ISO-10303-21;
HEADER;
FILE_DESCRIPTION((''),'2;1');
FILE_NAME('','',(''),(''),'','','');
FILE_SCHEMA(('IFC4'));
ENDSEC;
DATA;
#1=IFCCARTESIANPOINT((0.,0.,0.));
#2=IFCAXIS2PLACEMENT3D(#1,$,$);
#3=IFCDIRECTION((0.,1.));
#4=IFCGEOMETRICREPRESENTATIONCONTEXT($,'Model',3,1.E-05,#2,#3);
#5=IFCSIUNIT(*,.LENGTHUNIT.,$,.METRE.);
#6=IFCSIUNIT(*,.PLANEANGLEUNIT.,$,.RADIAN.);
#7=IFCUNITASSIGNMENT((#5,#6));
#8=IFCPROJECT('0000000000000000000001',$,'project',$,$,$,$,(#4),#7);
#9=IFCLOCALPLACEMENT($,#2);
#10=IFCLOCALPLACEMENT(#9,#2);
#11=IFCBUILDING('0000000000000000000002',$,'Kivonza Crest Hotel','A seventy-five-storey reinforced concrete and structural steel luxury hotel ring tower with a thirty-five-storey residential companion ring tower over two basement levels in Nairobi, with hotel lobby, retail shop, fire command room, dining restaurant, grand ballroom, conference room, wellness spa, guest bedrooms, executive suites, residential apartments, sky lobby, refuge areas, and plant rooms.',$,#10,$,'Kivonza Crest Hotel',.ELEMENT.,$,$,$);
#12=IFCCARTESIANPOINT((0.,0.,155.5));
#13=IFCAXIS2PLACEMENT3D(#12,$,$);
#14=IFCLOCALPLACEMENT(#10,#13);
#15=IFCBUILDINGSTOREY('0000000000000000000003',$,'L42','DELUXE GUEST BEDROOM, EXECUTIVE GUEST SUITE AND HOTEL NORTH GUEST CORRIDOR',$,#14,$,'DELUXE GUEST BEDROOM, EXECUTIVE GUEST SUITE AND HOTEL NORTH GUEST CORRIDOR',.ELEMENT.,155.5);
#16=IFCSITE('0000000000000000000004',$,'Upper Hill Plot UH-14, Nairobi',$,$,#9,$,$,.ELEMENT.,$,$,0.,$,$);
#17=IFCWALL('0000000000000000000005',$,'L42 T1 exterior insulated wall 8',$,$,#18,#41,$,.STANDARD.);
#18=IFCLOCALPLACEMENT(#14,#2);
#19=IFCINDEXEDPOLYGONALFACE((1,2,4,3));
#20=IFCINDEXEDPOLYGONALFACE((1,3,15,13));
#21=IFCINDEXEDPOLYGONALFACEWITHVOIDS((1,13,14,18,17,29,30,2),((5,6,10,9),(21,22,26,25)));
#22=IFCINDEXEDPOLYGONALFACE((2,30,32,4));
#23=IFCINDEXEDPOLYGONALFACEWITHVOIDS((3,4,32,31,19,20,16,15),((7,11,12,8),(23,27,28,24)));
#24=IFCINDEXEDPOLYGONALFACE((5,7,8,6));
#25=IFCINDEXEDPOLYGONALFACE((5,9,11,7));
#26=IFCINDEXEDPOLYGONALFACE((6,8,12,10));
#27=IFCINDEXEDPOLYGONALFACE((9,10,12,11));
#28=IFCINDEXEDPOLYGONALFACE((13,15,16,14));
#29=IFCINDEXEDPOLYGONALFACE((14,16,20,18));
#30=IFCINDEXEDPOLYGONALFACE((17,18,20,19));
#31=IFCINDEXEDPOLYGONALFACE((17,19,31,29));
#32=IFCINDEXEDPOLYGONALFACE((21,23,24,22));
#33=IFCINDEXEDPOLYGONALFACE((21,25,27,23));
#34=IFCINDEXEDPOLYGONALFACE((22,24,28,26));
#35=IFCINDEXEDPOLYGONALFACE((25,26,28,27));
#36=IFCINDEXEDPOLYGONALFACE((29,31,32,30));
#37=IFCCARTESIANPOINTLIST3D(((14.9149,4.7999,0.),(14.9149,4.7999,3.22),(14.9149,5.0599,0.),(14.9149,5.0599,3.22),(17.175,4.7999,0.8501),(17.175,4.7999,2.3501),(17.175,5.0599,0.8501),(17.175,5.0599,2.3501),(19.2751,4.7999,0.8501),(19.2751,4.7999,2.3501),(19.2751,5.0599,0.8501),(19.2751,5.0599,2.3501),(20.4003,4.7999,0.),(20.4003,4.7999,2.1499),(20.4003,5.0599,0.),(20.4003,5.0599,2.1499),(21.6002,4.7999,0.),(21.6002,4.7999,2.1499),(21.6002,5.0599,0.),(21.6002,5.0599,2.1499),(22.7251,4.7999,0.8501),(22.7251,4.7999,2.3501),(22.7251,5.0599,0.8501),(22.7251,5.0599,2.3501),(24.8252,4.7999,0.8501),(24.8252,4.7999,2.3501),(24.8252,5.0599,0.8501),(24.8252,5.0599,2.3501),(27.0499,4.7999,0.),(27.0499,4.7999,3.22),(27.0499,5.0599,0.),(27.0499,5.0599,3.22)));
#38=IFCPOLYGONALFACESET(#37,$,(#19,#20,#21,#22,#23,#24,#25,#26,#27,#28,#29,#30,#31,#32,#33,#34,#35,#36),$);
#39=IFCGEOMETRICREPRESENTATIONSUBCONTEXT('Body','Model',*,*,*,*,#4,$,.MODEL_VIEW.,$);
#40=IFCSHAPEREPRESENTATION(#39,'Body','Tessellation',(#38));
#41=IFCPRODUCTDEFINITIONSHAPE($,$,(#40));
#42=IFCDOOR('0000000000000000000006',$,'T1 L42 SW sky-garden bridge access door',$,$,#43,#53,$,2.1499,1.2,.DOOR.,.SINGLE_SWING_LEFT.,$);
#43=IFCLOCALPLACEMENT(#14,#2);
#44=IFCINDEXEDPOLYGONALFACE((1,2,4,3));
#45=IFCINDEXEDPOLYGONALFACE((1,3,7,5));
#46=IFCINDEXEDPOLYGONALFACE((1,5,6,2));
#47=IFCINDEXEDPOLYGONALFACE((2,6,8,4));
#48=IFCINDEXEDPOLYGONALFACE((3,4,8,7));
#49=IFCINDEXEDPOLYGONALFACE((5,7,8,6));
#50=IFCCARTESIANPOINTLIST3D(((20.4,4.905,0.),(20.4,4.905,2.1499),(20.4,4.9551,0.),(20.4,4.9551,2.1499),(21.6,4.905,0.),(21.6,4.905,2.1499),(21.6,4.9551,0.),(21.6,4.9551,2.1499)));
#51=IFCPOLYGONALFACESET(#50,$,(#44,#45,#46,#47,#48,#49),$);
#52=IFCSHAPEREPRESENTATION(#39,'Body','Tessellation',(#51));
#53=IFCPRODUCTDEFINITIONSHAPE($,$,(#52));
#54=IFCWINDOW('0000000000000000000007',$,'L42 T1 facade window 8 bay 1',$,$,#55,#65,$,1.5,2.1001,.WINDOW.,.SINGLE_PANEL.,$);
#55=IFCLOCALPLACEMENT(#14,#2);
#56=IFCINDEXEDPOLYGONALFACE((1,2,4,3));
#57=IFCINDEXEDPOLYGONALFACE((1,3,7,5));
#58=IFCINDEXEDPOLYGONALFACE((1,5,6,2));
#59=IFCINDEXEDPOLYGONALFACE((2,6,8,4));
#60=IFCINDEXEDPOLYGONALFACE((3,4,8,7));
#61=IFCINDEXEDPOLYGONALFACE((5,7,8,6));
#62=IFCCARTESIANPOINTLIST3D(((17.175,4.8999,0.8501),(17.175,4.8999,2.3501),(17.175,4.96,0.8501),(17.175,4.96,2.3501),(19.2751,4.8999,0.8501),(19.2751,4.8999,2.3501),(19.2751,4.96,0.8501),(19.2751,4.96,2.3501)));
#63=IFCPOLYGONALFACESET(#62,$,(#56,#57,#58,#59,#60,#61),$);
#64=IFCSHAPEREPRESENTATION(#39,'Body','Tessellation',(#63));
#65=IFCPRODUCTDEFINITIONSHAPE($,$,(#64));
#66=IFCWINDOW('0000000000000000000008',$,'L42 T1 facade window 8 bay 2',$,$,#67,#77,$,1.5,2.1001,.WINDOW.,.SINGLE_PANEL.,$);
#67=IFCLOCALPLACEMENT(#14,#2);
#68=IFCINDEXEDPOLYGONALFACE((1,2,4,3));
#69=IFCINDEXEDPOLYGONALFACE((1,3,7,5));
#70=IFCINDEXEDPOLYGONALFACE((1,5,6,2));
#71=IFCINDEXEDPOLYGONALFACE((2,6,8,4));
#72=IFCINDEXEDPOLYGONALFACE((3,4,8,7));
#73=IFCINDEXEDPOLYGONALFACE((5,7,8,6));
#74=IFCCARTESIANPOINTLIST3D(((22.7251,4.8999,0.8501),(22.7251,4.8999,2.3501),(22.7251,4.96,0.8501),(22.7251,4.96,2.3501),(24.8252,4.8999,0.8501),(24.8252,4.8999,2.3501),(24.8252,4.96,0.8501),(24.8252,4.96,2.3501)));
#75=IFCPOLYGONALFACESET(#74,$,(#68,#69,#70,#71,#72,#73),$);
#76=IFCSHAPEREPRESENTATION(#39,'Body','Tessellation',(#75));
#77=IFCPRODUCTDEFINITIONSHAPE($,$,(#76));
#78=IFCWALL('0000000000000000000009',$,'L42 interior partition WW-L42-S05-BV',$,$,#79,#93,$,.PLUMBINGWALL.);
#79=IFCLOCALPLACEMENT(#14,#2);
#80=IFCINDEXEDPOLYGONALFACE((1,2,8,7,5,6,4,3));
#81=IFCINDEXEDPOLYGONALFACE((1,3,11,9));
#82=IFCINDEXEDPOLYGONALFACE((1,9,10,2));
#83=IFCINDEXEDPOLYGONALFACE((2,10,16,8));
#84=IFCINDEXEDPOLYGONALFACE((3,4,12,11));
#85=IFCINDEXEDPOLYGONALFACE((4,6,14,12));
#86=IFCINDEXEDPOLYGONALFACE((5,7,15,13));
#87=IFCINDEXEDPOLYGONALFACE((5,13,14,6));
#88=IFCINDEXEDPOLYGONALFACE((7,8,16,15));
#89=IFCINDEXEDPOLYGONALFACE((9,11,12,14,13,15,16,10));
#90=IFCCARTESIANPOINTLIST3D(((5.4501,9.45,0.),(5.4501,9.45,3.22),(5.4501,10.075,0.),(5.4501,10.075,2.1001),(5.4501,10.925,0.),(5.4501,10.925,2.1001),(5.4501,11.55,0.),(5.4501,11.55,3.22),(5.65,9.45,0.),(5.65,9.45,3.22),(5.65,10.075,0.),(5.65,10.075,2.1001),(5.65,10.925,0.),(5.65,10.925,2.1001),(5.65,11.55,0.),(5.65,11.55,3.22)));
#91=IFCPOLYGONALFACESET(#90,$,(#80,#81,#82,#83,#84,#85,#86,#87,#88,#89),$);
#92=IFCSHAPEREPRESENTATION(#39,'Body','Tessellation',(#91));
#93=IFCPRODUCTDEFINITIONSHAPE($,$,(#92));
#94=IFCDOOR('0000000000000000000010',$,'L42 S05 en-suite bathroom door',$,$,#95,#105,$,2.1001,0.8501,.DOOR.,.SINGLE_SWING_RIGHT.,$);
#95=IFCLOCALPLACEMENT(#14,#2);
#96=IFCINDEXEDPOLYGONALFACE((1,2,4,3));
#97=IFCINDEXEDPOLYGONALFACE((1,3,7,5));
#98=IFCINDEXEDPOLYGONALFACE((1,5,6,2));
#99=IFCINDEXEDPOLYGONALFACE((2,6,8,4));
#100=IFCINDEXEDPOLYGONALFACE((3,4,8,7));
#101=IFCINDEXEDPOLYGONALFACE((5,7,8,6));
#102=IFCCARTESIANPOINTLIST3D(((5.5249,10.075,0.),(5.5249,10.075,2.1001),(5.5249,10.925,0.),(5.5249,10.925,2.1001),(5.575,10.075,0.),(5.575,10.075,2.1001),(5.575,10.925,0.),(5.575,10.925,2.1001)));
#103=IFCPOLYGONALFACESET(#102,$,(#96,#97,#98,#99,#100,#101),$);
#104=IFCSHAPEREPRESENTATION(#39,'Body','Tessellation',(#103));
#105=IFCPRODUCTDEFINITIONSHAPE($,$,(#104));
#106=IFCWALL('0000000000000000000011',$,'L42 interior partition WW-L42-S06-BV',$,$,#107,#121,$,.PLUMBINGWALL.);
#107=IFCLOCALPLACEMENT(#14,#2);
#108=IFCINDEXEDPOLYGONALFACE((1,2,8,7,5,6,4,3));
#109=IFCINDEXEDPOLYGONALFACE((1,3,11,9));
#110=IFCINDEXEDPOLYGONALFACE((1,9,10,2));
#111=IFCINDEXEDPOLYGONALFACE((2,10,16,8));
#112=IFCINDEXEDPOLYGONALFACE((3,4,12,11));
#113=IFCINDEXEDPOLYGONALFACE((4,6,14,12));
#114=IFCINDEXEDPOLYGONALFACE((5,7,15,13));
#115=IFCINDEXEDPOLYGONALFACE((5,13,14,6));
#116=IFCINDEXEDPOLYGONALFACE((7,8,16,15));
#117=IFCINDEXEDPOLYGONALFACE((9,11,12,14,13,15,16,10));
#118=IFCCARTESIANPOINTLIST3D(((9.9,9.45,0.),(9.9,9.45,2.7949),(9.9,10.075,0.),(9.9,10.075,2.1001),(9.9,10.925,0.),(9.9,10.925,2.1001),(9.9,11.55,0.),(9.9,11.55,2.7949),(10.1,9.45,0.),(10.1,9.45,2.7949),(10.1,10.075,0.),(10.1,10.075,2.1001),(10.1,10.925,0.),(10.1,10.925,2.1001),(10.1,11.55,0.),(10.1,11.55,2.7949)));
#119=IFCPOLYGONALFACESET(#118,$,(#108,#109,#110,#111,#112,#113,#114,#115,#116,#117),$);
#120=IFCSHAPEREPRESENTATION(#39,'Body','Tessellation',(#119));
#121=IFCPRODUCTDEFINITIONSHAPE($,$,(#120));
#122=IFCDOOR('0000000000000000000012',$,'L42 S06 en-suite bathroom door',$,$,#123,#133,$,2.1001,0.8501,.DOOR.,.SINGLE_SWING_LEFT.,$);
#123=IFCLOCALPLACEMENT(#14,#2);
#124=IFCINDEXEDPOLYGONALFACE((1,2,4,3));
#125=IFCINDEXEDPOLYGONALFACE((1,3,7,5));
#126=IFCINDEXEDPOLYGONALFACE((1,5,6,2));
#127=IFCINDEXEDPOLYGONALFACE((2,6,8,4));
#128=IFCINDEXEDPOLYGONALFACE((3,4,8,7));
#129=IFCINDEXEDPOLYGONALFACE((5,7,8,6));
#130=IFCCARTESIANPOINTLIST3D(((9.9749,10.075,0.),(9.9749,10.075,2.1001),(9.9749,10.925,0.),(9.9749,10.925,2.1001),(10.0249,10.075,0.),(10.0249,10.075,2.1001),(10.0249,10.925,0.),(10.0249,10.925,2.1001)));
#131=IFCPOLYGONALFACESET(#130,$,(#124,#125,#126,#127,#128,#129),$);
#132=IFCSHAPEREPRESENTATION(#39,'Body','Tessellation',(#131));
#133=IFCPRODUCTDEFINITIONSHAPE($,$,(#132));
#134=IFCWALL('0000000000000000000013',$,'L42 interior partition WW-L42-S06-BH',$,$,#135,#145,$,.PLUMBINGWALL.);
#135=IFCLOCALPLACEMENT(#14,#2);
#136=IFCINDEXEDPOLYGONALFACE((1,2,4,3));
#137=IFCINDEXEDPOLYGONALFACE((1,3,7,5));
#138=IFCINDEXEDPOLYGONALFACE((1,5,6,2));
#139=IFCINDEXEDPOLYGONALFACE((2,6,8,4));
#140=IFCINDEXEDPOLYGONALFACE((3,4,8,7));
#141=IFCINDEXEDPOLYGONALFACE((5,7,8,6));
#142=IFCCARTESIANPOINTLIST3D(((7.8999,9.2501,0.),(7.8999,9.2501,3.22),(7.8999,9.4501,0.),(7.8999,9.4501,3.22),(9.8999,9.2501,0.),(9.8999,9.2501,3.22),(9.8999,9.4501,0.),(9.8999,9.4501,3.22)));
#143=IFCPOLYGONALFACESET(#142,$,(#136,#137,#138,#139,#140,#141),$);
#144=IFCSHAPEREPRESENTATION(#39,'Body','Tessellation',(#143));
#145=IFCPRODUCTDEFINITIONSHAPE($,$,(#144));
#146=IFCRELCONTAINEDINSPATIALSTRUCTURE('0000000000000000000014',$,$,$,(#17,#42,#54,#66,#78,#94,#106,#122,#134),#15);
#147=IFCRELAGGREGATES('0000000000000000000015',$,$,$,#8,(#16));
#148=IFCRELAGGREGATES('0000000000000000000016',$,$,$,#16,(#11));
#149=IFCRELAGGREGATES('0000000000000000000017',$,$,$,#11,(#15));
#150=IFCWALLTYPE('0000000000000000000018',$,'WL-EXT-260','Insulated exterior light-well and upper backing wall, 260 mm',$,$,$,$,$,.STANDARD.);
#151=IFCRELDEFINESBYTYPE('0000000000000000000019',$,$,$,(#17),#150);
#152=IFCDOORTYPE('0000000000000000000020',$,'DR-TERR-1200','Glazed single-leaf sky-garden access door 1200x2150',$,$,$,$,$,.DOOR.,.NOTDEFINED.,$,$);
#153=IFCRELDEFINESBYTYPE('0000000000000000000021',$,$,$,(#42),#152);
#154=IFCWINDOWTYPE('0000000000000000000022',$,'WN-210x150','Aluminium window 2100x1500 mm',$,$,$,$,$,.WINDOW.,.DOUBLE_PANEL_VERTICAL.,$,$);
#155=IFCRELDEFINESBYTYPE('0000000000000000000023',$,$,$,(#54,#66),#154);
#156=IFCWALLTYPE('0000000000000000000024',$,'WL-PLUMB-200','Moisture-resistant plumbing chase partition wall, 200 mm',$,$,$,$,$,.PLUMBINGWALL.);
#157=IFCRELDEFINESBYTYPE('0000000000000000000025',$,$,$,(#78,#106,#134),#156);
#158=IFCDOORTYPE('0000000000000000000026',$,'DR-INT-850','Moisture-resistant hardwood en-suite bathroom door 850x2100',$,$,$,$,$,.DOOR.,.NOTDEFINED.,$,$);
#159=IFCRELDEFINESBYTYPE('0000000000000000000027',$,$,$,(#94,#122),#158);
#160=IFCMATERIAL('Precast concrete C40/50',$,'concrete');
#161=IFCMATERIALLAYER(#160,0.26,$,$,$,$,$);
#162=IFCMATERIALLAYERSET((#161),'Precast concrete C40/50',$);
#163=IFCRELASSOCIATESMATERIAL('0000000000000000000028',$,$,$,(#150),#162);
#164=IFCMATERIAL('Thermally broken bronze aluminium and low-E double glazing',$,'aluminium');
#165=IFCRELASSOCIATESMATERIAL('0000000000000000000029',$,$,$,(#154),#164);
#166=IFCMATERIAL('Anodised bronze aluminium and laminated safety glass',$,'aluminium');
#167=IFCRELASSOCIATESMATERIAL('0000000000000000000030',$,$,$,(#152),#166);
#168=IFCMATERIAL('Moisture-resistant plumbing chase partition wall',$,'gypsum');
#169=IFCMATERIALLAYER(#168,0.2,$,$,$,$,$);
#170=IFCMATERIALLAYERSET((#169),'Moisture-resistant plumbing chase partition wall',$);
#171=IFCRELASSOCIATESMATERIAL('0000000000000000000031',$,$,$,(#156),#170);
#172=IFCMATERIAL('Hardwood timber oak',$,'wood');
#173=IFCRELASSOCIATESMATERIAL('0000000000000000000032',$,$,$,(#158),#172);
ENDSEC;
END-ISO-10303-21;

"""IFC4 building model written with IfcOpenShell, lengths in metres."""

from ifc_helpers import new_model, si_unit, direction, frame, frame_2d, origin, place, context, subcontext, project, spatial, rectangle, extrude, material, layer, layer_set, type_object, element, fill, save


model = new_model("IFC4")

# Units and contexts
model_context = context("Model", 3, precision=1e-05, world=origin(), true_north=direction((0.0, 1.0)))
body_context = subcontext(model_context, "Body", "Model", "MODEL_VIEW")
ifc_project = project(units=[si_unit("LENGTHUNIT", "METRE"), si_unit("PLANEANGLEUNIT", "RADIAN")], contexts=[model_context])

# Site, building, storey
site_placement = place(None, origin())
site = spatial("IfcSite", under=ifc_project, at=site_placement, Name="Upper Hill Plot UH-14, Nairobi", CompositionType="ELEMENT", RefElevation=0.0)
building_placement = place(site_placement, origin())
building = spatial("IfcBuilding", under=site, at=building_placement, Name="Kivonza Crest Hotel", Description="A seventy-five-storey reinforced concrete and structural steel luxury hotel ring tower with a thirty-five-storey residential companion ring tower over two basement levels in Nairobi, with hotel lobby, retail shop, fire command room, dining restaurant, grand ballroom, conference room, wellness spa, guest bedrooms, executive suites, residential apartments, sky lobby, refuge areas, and plant rooms.", LongName="Kivonza Crest Hotel", CompositionType="ELEMENT")
storey_placement = place(building_placement, frame((0.0, 0.0, 155.5)))
storey = spatial("IfcBuildingStorey", under=building, at=storey_placement, Name="L42", Description="DELUXE GUEST BEDROOM, EXECUTIVE GUEST SUITE AND HOTEL NORTH GUEST CORRIDOR", LongName="DELUXE GUEST BEDROOM, EXECUTIVE GUEST SUITE AND HOTEL NORTH GUEST CORRIDOR", CompositionType="ELEMENT", Elevation=155.5)

# Shared definitions
ifc_material_1 = material(Name="Hardwood timber oak", Category="wood")

# Shared definitions
ifc_material_2 = material(Name="Precast concrete C40/50", Category="concrete")
ifc_layer_1 = layer(ifc_material_2, 0.26)
ifc_layer_set_1 = layer_set([ifc_layer_1], Name="Precast concrete C40/50")
wall_type_1 = type_object("IfcWallType", Name="WL-EXT-260", Description="Insulated exterior light-well and upper backing wall, 260 mm", PredefinedType="STANDARD", material=ifc_layer_set_1)
ifc_material_3 = material(Name="Thermally broken bronze aluminium and low-E double glazing", Category="aluminium")
window_type = type_object("IfcWindowType", Name="WN-210x150", Description="Aluminium window 2100x1500 mm", PartitioningType="DOUBLE_PANEL_VERTICAL", PredefinedType="WINDOW", material=ifc_material_3)

# Wall, openings, door, windows
wall_1_placement = place(storey_placement, frame((14.915, 4.9299, 0.0), z_axis=(0.0, 0.0, 1.0), x_axis=(1.0, 0.0, 0.0)))
wall_1 = element("IfcWall", 1, at=wall_1_placement, inside=storey, type_object=wall_type_1, Name="L42 T1 exterior insulated wall 8", PredefinedType="STANDARD", context=body_context, shape_type="SweptSolid", body=[
    extrude(rectangle(XDim=12.135, YDim=0.26, at=frame_2d((6.0674, 0.0))), origin(), (0.0, 0.0, 1.0), 3.22),
])
opening_1_placement = place(wall_1_placement, frame((5.4851, 0.0, 0.0)))
opening_1 = element("IfcOpeningElement", 2, at=opening_1_placement, cuts=wall_1, PredefinedType="OPENING", context=body_context, shape_type="SweptSolid", body=[
    extrude(rectangle(XDim=1.2, YDim=2.1499, at=frame_2d((0.6001, 1.075))), frame((0.0, 0.1401, 0.0), z_axis=(0.0, -1.0, 0.0), x_axis=(1.0, 0.0, 0.0)), (0.0, 0.0, 1.0), 0.28),
])
opening_2_placement = place(wall_1_placement, frame((2.26, 0.0, 0.8501)))
opening_2 = element("IfcOpeningElement", 3, at=opening_2_placement, cuts=wall_1, PredefinedType="OPENING", context=body_context, shape_type="SweptSolid", body=[
    extrude(rectangle(XDim=2.1001, YDim=1.5, at=frame_2d((1.05, 0.75))), frame((0.0, 0.1401, 0.0), z_axis=(0.0, -1.0, 0.0), x_axis=(1.0, 0.0, 0.0)), (0.0, 0.0, 1.0), 0.28),
])
opening_3_placement = place(wall_1_placement, frame((7.8101, 0.0, 0.8501)))
opening_3 = element("IfcOpeningElement", 4, at=opening_3_placement, cuts=wall_1, PredefinedType="OPENING", context=body_context, shape_type="SweptSolid", body=[
    extrude(rectangle(XDim=2.1001, YDim=1.5, at=frame_2d((1.05, 0.75))), frame((0.0, 0.1401, 0.0), z_axis=(0.0, -1.0, 0.0), x_axis=(1.0, 0.0, 0.0)), (0.0, 0.0, 1.0), 0.28),
])
ifc_material_4 = material(Name="Anodised bronze aluminium and laminated safety glass", Category="aluminium")
door_type_1 = type_object("IfcDoorType", Name="DR-TERR-1200", Description="Glazed single-leaf sky-garden access door 1200x2150", OperationType="NOTDEFINED", PredefinedType="DOOR", material=ifc_material_4)
door_1_placement = place(opening_1_placement, frame((1.2, 0.0, 0.0), z_axis=(0.0, 0.0, 1.0), x_axis=(-1.0, 0.0, 0.0)))
door_1 = element("IfcDoor", 5, at=door_1_placement, inside=storey, type_object=door_type_1, Name="T1 L42 SW sky-garden bridge access door", OperationType="SINGLE_SWING_LEFT", OverallHeight=2.1499, OverallWidth=1.2, PredefinedType="DOOR", context=body_context, shape_type="SweptSolid", body=[
    extrude(rectangle(XDim=1.2, YDim=2.1499, at=frame_2d((0.6001, 1.075))), frame((0.0, 0.0249, 0.0), z_axis=(0.0, -1.0, 0.0), x_axis=(1.0, 0.0, 0.0)), (0.0, 0.0, 1.0), 0.05),
])
fill(opening_1, door_1)
window_1_placement = place(opening_2_placement, origin())
window_1 = element("IfcWindow", 6, at=window_1_placement, inside=storey, type_object=window_type, Name="L42 T1 facade window 8 bay 1", OverallHeight=1.5, OverallWidth=2.1001, PartitioningType="SINGLE_PANEL", PredefinedType="WINDOW", context=body_context, shape_type="SweptSolid", body=[
    extrude(rectangle(XDim=2.1001, YDim=1.5, at=frame_2d((1.05, 0.75))), frame((0.0, 0.03, 0.0), z_axis=(0.0, -1.0, 0.0), x_axis=(1.0, 0.0, 0.0)), (0.0, 0.0, 1.0), 0.0601),
])
fill(opening_2, window_1)
window_2_placement = place(opening_3_placement, origin())
window_2 = element("IfcWindow", 7, at=window_2_placement, inside=storey, type_object=window_type, Name="L42 T1 facade window 8 bay 2", OverallHeight=1.5, OverallWidth=2.1001, PartitioningType="SINGLE_PANEL", PredefinedType="WINDOW", context=body_context, shape_type="SweptSolid", body=[
    extrude(rectangle(XDim=2.1001, YDim=1.5, at=frame_2d((1.05, 0.75))), frame((0.0, 0.03, 0.0), z_axis=(0.0, -1.0, 0.0), x_axis=(1.0, 0.0, 0.0)), (0.0, 0.0, 1.0), 0.0601),
])
fill(opening_3, window_2)

# Walls, openings, doors
ifc_material_5 = material(Name="Moisture-resistant plumbing chase partition wall", Category="gypsum")
ifc_layer_2 = layer(ifc_material_5, 0.2)
ifc_layer_set_2 = layer_set([ifc_layer_2], Name="Moisture-resistant plumbing chase partition wall")
wall_type_2 = type_object("IfcWallType", Name="WL-PLUMB-200", Description="Moisture-resistant plumbing chase partition wall, 200 mm", PredefinedType="PLUMBINGWALL", material=ifc_layer_set_2)
wall_2_placement = place(storey_placement, frame((5.55, 9.45, 0.0), z_axis=(0.0, 0.0, 1.0), x_axis=(0.0, 1.0, 0.0)))
wall_2 = element("IfcWall", 8, at=wall_2_placement, inside=storey, type_object=wall_type_2, Name="L42 interior partition WW-L42-S05-BV", PredefinedType="PLUMBINGWALL", context=body_context, shape_type="SweptSolid", body=[
    extrude(rectangle(XDim=2.1001, YDim=0.2, at=frame_2d((1.05, 0.0))), origin(), (0.0, 0.0, 1.0), 3.22),
])
opening_4_placement = place(wall_2_placement, frame((0.625, 0.0, 0.0)))
opening_4 = element("IfcOpeningElement", 9, at=opening_4_placement, cuts=wall_2, PredefinedType="OPENING", context=body_context, shape_type="SweptSolid", body=[
    extrude(rectangle(XDim=0.8501, YDim=2.1001, at=frame_2d((0.425, 1.05))), frame((0.0, 0.1099, 0.0), z_axis=(0.0, -1.0, 0.0), x_axis=(1.0, 0.0, 0.0)), (0.0, 0.0, 1.0), 0.22),
])
door_type_2 = type_object("IfcDoorType", Name="DR-INT-850", Description="Moisture-resistant hardwood en-suite bathroom door 850x2100", OperationType="NOTDEFINED", PredefinedType="DOOR", material=ifc_material_1)
door_2_placement = place(opening_4_placement, frame((0.8501, 0.0, 0.0), z_axis=(0.0, 0.0, 1.0), x_axis=(-1.0, 0.0, 0.0)))
door_2 = element("IfcDoor", 10, at=door_2_placement, inside=storey, type_object=door_type_2, Name="L42 S05 en-suite bathroom door", OperationType="SINGLE_SWING_RIGHT", OverallHeight=2.1001, OverallWidth=0.8501, PredefinedType="DOOR", context=body_context, shape_type="SweptSolid", body=[
    extrude(rectangle(XDim=0.8501, YDim=2.1001, at=frame_2d((0.425, 1.05))), frame((0.0, 0.0249, 0.0), z_axis=(0.0, -1.0, 0.0), x_axis=(1.0, 0.0, 0.0)), (0.0, 0.0, 1.0), 0.05),
])
fill(opening_4, door_2)
wall_3_placement = place(storey_placement, frame((10.0, 9.45, 0.0), z_axis=(0.0, 0.0, 1.0), x_axis=(0.0, 1.0, 0.0)))
wall_3 = element("IfcWall", 11, at=wall_3_placement, inside=storey, type_object=wall_type_2, Name="L42 interior partition WW-L42-S06-BV", PredefinedType="PLUMBINGWALL", context=body_context, shape_type="SweptSolid", body=[
    extrude(rectangle(XDim=2.1001, YDim=0.2, at=frame_2d((1.05, 0.0))), origin(), (0.0, 0.0, 1.0), 2.7949),
])
opening_5_placement = place(wall_3_placement, frame((0.625, 0.0, 0.0)))
opening_5 = element("IfcOpeningElement", 12, at=opening_5_placement, cuts=wall_3, PredefinedType="OPENING", context=body_context, shape_type="SweptSolid", body=[
    extrude(rectangle(XDim=0.8501, YDim=2.1001, at=frame_2d((0.425, 1.05))), frame((0.0, 0.1099, 0.0), z_axis=(0.0, -1.0, 0.0), x_axis=(1.0, 0.0, 0.0)), (0.0, 0.0, 1.0), 0.22),
])
door_3_placement = place(opening_5_placement, frame((0.8501, 0.0, 0.0), z_axis=(0.0, 0.0, 1.0), x_axis=(-1.0, 0.0, 0.0)))
door_3 = element("IfcDoor", 13, at=door_3_placement, inside=storey, type_object=door_type_2, Name="L42 S06 en-suite bathroom door", OperationType="SINGLE_SWING_LEFT", OverallHeight=2.1001, OverallWidth=0.8501, PredefinedType="DOOR", context=body_context, shape_type="SweptSolid", body=[
    extrude(rectangle(XDim=0.8501, YDim=2.1001, at=frame_2d((0.425, 1.05))), frame((0.0, 0.0249, 0.0), z_axis=(0.0, -1.0, 0.0), x_axis=(1.0, 0.0, 0.0)), (0.0, 0.0, 1.0), 0.05),
])
fill(opening_5, door_3)

# Wall
wall_4_placement = place(storey_placement, frame((7.8999, 9.3501, 0.0), z_axis=(0.0, 0.0, 1.0), x_axis=(1.0, 0.0, 0.0)))
element("IfcWall", 14, at=wall_4_placement, inside=storey, type_object=wall_type_2, Name="L42 interior partition WW-L42-S06-BH", PredefinedType="PLUMBINGWALL", context=body_context, shape_type="SweptSolid", body=[
    extrude(rectangle(XDim=2.0, YDim=0.2, at=frame_2d((1.0, 0.0))), origin(), (0.0, 0.0, 1.0), 3.22),
])

save(model, "model.ifc")
